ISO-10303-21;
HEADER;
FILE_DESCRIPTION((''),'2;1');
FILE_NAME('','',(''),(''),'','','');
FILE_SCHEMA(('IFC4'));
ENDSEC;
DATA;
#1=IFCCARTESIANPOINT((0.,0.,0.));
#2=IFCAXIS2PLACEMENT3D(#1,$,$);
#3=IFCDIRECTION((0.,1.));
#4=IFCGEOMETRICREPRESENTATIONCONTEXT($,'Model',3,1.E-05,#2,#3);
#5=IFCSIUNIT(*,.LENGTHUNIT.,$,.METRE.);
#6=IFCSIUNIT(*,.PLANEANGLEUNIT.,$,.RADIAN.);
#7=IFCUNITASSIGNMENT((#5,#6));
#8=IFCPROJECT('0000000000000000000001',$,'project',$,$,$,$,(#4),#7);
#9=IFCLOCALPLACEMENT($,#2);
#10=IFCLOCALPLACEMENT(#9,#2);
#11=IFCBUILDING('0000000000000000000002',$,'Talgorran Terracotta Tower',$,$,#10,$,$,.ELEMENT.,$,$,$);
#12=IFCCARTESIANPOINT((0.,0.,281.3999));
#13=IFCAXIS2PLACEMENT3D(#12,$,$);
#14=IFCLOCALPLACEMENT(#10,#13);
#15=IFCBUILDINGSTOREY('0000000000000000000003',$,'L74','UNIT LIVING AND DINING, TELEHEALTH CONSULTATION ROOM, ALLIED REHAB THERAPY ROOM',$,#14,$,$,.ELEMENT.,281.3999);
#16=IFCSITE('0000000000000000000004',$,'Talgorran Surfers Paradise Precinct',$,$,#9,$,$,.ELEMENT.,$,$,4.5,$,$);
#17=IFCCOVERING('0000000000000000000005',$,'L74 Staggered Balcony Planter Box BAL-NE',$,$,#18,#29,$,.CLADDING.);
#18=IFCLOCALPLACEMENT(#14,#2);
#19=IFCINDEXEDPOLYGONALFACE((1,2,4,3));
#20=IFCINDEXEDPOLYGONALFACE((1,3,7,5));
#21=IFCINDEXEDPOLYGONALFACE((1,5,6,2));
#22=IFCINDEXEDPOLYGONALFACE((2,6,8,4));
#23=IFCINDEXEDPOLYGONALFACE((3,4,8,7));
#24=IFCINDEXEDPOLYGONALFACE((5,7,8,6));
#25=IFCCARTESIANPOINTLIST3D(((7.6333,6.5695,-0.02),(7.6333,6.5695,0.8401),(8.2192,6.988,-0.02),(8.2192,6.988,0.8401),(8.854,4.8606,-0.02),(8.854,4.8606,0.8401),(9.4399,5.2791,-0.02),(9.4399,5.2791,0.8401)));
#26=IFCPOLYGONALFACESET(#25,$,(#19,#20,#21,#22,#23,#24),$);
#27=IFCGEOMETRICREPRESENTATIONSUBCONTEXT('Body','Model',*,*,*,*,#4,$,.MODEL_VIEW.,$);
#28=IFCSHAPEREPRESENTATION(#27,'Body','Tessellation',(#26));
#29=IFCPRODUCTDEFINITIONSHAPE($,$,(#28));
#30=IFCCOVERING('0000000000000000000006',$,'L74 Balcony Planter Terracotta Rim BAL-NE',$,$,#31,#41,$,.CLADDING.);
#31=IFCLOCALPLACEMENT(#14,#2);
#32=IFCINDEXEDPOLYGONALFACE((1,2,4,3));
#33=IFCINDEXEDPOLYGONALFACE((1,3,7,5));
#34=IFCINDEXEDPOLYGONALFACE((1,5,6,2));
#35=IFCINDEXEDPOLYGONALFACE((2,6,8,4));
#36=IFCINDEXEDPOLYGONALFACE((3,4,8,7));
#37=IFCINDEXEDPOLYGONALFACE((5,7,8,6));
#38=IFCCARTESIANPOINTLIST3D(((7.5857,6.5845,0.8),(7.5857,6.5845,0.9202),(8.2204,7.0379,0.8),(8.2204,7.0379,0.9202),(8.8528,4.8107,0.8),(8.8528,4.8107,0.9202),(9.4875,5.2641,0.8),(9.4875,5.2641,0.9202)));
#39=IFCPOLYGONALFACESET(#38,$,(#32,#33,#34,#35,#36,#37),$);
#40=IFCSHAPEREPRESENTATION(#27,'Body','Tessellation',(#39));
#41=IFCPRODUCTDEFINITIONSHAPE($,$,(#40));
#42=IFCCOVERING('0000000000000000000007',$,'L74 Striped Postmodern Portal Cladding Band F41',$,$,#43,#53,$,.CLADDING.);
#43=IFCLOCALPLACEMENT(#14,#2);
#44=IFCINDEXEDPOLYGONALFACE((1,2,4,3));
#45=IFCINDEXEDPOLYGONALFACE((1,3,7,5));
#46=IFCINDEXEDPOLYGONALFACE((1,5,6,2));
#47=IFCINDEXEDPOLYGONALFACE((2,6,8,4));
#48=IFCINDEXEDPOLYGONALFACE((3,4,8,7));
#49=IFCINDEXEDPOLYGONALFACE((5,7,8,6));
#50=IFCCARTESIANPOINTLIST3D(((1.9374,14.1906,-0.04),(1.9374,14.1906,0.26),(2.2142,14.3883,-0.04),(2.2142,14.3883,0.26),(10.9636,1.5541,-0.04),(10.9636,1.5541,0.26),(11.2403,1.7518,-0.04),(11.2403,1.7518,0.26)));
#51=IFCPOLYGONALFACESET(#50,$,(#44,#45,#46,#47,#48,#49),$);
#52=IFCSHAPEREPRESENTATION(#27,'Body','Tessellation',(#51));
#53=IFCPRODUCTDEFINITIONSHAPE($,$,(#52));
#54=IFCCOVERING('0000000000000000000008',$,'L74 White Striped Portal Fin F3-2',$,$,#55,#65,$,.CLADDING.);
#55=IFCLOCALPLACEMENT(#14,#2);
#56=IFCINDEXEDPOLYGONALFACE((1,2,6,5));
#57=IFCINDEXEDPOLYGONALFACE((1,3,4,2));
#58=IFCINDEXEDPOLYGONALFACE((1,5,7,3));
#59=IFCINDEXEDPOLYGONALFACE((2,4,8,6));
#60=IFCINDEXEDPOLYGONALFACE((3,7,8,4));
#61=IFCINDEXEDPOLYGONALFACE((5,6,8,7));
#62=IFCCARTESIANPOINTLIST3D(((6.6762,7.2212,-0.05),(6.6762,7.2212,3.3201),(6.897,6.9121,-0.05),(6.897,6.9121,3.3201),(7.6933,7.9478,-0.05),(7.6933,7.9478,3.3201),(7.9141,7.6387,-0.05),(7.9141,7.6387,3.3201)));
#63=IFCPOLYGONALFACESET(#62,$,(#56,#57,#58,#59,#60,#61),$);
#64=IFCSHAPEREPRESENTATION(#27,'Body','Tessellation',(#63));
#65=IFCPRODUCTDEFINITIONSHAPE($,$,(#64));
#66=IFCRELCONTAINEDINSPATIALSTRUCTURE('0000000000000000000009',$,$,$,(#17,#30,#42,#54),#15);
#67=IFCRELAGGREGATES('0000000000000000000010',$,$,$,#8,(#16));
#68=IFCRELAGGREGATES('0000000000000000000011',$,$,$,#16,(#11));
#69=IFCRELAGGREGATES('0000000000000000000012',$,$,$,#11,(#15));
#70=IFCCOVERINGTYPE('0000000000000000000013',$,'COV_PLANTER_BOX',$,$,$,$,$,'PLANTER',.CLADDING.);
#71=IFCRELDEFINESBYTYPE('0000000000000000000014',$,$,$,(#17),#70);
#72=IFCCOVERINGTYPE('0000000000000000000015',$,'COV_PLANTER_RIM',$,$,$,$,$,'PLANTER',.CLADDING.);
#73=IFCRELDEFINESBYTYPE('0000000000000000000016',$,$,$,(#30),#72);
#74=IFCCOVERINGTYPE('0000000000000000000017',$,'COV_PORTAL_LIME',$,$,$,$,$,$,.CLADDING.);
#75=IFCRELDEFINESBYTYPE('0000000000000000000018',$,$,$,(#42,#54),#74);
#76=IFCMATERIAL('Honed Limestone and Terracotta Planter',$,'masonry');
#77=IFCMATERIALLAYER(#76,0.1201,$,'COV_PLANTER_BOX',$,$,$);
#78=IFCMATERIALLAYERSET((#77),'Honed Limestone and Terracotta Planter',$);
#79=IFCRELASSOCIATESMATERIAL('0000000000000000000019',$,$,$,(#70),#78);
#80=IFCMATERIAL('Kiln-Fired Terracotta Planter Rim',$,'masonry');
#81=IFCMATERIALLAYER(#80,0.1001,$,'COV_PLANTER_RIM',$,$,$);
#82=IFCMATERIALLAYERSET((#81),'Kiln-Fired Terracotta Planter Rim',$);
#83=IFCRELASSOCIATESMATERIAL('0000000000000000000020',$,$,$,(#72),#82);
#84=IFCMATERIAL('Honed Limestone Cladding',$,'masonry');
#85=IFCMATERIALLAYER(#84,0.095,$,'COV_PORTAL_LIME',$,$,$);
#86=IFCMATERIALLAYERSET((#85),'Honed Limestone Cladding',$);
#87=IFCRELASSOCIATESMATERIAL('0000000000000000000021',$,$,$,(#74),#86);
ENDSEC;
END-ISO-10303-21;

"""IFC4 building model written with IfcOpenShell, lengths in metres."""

from ifc_helpers import new_model, si_unit, direction, frame, origin, origin_2d, place, context, subcontext, project, spatial, rectangle, extrude, material, layer, layer_set, type_object, element, save


model = new_model("IFC4")

# Units and contexts
model_context = context("Model", 3, precision=1e-05, world=origin(), true_north=direction((0.0, 1.0)))
body_context = subcontext(model_context, "Body", "Model", "MODEL_VIEW")
ifc_project = project(units=[si_unit("LENGTHUNIT", "METRE"), si_unit("PLANEANGLEUNIT", "RADIAN")], contexts=[model_context])

# Site, building, storey
site_placement = place(None, origin())
site = spatial("IfcSite", under=ifc_project, at=site_placement, Name="Talgorran Surfers Paradise Precinct", CompositionType="ELEMENT", RefElevation=4.5)
building_placement = place(site_placement, origin())
building = spatial("IfcBuilding", under=site, at=building_placement, Name="Talgorran Terracotta Tower", CompositionType="ELEMENT")
storey_placement = place(building_placement, frame((0.0, 0.0, 281.3999)))
storey = spatial("IfcBuildingStorey", under=building, at=storey_placement, Name="L74", Description="UNIT LIVING AND DINING, TELEHEALTH CONSULTATION ROOM, ALLIED REHAB THERAPY ROOM", CompositionType="ELEMENT", Elevation=281.3999)

# Coverings
ifc_material_1 = material(Name="Honed Limestone and Terracotta Planter", Category="masonry")
ifc_layer_1 = layer(ifc_material_1, 0.1201, Name="COV_PLANTER_BOX")
ifc_layer_set_1 = layer_set([ifc_layer_1], Name="Honed Limestone and Terracotta Planter")
covering_type_1 = type_object("IfcCoveringType", Name="COV_PLANTER_BOX", ElementType="PLANTER", PredefinedType="CLADDING", material=ifc_layer_set_1)
covering_1_placement = place(storey_placement, frame((8.5366, 5.9243, -0.02), z_axis=(0.0, 0.0, 1.0), x_axis=(-0.581257, 0.81372, 0.0)))
element("IfcCovering", 1, at=covering_1_placement, inside=storey, type_object=covering_type_1, Name="L74 Staggered Balcony Planter Box BAL-NE", PredefinedType="CLADDING", context=body_context, shape_type="SweptSolid", body=[
    extrude(rectangle(XDim=2.1001, YDim=0.72, at=origin_2d()), origin(), (0.0, 0.0, 1.0), 0.8601),
])
ifc_material_2 = material(Name="Kiln-Fired Terracotta Planter Rim", Category="masonry")
ifc_layer_2 = layer(ifc_material_2, 0.1001, Name="COV_PLANTER_RIM")
ifc_layer_set_2 = layer_set([ifc_layer_2], Name="Kiln-Fired Terracotta Planter Rim")
covering_type_2 = type_object("IfcCoveringType", Name="COV_PLANTER_RIM", ElementType="PLANTER", PredefinedType="CLADDING", material=ifc_layer_set_2)
covering_2_placement = place(storey_placement, frame((8.5366, 5.9243, 0.8), z_axis=(0.0, 0.0, 1.0), x_axis=(-0.581257, 0.81372, 0.0)))
element("IfcCovering", 2, at=covering_2_placement, inside=storey, type_object=covering_type_2, Name="L74 Balcony Planter Terracotta Rim BAL-NE", PredefinedType="CLADDING", context=body_context, shape_type="SweptSolid", body=[
    extrude(rectangle(XDim=2.1799, YDim=0.78, at=origin_2d()), origin(), (0.0, 0.0, 1.0), 0.1201),
])
ifc_material_3 = material(Name="Honed Limestone Cladding", Category="masonry")
ifc_layer_3 = layer(ifc_material_3, 0.095, Name="COV_PORTAL_LIME")
ifc_layer_set_3 = layer_set([ifc_layer_3], Name="Honed Limestone Cladding")
covering_type_3 = type_object("IfcCoveringType", Name="COV_PORTAL_LIME", PredefinedType="CLADDING", material=ifc_layer_set_3)
covering_3_placement = place(storey_placement, frame((6.5889, 7.9712, -0.04), z_axis=(0.0, 0.0, 1.0), x_axis=(-0.581243, 0.81373, 0.0)))
element("IfcCovering", 3, at=covering_3_placement, inside=storey, type_object=covering_type_3, Name="L74 Striped Postmodern Portal Cladding Band F41", PredefinedType="CLADDING", context=body_context, shape_type="SweptSolid", body=[
    extrude(rectangle(XDim=15.5291, YDim=0.3401, at=origin_2d()), origin(), (0.0, 0.0, 1.0), 0.3),
])
covering_4_placement = place(storey_placement, frame((7.2952, 7.4299, -0.05), z_axis=(0.0, 0.0, 1.0), x_axis=(-0.581257, 0.81372, 0.0)))
element("IfcCovering", 4, at=covering_4_placement, inside=storey, type_object=covering_type_3, Name="L74 White Striped Portal Fin F3-2", PredefinedType="CLADDING", context=body_context, shape_type="SweptSolid", body=[
    extrude(rectangle(XDim=0.3799, YDim=1.25, at=origin_2d()), origin(), (0.0, 0.0, 1.0), 3.3701),
])

save(model, "model.ifc")
